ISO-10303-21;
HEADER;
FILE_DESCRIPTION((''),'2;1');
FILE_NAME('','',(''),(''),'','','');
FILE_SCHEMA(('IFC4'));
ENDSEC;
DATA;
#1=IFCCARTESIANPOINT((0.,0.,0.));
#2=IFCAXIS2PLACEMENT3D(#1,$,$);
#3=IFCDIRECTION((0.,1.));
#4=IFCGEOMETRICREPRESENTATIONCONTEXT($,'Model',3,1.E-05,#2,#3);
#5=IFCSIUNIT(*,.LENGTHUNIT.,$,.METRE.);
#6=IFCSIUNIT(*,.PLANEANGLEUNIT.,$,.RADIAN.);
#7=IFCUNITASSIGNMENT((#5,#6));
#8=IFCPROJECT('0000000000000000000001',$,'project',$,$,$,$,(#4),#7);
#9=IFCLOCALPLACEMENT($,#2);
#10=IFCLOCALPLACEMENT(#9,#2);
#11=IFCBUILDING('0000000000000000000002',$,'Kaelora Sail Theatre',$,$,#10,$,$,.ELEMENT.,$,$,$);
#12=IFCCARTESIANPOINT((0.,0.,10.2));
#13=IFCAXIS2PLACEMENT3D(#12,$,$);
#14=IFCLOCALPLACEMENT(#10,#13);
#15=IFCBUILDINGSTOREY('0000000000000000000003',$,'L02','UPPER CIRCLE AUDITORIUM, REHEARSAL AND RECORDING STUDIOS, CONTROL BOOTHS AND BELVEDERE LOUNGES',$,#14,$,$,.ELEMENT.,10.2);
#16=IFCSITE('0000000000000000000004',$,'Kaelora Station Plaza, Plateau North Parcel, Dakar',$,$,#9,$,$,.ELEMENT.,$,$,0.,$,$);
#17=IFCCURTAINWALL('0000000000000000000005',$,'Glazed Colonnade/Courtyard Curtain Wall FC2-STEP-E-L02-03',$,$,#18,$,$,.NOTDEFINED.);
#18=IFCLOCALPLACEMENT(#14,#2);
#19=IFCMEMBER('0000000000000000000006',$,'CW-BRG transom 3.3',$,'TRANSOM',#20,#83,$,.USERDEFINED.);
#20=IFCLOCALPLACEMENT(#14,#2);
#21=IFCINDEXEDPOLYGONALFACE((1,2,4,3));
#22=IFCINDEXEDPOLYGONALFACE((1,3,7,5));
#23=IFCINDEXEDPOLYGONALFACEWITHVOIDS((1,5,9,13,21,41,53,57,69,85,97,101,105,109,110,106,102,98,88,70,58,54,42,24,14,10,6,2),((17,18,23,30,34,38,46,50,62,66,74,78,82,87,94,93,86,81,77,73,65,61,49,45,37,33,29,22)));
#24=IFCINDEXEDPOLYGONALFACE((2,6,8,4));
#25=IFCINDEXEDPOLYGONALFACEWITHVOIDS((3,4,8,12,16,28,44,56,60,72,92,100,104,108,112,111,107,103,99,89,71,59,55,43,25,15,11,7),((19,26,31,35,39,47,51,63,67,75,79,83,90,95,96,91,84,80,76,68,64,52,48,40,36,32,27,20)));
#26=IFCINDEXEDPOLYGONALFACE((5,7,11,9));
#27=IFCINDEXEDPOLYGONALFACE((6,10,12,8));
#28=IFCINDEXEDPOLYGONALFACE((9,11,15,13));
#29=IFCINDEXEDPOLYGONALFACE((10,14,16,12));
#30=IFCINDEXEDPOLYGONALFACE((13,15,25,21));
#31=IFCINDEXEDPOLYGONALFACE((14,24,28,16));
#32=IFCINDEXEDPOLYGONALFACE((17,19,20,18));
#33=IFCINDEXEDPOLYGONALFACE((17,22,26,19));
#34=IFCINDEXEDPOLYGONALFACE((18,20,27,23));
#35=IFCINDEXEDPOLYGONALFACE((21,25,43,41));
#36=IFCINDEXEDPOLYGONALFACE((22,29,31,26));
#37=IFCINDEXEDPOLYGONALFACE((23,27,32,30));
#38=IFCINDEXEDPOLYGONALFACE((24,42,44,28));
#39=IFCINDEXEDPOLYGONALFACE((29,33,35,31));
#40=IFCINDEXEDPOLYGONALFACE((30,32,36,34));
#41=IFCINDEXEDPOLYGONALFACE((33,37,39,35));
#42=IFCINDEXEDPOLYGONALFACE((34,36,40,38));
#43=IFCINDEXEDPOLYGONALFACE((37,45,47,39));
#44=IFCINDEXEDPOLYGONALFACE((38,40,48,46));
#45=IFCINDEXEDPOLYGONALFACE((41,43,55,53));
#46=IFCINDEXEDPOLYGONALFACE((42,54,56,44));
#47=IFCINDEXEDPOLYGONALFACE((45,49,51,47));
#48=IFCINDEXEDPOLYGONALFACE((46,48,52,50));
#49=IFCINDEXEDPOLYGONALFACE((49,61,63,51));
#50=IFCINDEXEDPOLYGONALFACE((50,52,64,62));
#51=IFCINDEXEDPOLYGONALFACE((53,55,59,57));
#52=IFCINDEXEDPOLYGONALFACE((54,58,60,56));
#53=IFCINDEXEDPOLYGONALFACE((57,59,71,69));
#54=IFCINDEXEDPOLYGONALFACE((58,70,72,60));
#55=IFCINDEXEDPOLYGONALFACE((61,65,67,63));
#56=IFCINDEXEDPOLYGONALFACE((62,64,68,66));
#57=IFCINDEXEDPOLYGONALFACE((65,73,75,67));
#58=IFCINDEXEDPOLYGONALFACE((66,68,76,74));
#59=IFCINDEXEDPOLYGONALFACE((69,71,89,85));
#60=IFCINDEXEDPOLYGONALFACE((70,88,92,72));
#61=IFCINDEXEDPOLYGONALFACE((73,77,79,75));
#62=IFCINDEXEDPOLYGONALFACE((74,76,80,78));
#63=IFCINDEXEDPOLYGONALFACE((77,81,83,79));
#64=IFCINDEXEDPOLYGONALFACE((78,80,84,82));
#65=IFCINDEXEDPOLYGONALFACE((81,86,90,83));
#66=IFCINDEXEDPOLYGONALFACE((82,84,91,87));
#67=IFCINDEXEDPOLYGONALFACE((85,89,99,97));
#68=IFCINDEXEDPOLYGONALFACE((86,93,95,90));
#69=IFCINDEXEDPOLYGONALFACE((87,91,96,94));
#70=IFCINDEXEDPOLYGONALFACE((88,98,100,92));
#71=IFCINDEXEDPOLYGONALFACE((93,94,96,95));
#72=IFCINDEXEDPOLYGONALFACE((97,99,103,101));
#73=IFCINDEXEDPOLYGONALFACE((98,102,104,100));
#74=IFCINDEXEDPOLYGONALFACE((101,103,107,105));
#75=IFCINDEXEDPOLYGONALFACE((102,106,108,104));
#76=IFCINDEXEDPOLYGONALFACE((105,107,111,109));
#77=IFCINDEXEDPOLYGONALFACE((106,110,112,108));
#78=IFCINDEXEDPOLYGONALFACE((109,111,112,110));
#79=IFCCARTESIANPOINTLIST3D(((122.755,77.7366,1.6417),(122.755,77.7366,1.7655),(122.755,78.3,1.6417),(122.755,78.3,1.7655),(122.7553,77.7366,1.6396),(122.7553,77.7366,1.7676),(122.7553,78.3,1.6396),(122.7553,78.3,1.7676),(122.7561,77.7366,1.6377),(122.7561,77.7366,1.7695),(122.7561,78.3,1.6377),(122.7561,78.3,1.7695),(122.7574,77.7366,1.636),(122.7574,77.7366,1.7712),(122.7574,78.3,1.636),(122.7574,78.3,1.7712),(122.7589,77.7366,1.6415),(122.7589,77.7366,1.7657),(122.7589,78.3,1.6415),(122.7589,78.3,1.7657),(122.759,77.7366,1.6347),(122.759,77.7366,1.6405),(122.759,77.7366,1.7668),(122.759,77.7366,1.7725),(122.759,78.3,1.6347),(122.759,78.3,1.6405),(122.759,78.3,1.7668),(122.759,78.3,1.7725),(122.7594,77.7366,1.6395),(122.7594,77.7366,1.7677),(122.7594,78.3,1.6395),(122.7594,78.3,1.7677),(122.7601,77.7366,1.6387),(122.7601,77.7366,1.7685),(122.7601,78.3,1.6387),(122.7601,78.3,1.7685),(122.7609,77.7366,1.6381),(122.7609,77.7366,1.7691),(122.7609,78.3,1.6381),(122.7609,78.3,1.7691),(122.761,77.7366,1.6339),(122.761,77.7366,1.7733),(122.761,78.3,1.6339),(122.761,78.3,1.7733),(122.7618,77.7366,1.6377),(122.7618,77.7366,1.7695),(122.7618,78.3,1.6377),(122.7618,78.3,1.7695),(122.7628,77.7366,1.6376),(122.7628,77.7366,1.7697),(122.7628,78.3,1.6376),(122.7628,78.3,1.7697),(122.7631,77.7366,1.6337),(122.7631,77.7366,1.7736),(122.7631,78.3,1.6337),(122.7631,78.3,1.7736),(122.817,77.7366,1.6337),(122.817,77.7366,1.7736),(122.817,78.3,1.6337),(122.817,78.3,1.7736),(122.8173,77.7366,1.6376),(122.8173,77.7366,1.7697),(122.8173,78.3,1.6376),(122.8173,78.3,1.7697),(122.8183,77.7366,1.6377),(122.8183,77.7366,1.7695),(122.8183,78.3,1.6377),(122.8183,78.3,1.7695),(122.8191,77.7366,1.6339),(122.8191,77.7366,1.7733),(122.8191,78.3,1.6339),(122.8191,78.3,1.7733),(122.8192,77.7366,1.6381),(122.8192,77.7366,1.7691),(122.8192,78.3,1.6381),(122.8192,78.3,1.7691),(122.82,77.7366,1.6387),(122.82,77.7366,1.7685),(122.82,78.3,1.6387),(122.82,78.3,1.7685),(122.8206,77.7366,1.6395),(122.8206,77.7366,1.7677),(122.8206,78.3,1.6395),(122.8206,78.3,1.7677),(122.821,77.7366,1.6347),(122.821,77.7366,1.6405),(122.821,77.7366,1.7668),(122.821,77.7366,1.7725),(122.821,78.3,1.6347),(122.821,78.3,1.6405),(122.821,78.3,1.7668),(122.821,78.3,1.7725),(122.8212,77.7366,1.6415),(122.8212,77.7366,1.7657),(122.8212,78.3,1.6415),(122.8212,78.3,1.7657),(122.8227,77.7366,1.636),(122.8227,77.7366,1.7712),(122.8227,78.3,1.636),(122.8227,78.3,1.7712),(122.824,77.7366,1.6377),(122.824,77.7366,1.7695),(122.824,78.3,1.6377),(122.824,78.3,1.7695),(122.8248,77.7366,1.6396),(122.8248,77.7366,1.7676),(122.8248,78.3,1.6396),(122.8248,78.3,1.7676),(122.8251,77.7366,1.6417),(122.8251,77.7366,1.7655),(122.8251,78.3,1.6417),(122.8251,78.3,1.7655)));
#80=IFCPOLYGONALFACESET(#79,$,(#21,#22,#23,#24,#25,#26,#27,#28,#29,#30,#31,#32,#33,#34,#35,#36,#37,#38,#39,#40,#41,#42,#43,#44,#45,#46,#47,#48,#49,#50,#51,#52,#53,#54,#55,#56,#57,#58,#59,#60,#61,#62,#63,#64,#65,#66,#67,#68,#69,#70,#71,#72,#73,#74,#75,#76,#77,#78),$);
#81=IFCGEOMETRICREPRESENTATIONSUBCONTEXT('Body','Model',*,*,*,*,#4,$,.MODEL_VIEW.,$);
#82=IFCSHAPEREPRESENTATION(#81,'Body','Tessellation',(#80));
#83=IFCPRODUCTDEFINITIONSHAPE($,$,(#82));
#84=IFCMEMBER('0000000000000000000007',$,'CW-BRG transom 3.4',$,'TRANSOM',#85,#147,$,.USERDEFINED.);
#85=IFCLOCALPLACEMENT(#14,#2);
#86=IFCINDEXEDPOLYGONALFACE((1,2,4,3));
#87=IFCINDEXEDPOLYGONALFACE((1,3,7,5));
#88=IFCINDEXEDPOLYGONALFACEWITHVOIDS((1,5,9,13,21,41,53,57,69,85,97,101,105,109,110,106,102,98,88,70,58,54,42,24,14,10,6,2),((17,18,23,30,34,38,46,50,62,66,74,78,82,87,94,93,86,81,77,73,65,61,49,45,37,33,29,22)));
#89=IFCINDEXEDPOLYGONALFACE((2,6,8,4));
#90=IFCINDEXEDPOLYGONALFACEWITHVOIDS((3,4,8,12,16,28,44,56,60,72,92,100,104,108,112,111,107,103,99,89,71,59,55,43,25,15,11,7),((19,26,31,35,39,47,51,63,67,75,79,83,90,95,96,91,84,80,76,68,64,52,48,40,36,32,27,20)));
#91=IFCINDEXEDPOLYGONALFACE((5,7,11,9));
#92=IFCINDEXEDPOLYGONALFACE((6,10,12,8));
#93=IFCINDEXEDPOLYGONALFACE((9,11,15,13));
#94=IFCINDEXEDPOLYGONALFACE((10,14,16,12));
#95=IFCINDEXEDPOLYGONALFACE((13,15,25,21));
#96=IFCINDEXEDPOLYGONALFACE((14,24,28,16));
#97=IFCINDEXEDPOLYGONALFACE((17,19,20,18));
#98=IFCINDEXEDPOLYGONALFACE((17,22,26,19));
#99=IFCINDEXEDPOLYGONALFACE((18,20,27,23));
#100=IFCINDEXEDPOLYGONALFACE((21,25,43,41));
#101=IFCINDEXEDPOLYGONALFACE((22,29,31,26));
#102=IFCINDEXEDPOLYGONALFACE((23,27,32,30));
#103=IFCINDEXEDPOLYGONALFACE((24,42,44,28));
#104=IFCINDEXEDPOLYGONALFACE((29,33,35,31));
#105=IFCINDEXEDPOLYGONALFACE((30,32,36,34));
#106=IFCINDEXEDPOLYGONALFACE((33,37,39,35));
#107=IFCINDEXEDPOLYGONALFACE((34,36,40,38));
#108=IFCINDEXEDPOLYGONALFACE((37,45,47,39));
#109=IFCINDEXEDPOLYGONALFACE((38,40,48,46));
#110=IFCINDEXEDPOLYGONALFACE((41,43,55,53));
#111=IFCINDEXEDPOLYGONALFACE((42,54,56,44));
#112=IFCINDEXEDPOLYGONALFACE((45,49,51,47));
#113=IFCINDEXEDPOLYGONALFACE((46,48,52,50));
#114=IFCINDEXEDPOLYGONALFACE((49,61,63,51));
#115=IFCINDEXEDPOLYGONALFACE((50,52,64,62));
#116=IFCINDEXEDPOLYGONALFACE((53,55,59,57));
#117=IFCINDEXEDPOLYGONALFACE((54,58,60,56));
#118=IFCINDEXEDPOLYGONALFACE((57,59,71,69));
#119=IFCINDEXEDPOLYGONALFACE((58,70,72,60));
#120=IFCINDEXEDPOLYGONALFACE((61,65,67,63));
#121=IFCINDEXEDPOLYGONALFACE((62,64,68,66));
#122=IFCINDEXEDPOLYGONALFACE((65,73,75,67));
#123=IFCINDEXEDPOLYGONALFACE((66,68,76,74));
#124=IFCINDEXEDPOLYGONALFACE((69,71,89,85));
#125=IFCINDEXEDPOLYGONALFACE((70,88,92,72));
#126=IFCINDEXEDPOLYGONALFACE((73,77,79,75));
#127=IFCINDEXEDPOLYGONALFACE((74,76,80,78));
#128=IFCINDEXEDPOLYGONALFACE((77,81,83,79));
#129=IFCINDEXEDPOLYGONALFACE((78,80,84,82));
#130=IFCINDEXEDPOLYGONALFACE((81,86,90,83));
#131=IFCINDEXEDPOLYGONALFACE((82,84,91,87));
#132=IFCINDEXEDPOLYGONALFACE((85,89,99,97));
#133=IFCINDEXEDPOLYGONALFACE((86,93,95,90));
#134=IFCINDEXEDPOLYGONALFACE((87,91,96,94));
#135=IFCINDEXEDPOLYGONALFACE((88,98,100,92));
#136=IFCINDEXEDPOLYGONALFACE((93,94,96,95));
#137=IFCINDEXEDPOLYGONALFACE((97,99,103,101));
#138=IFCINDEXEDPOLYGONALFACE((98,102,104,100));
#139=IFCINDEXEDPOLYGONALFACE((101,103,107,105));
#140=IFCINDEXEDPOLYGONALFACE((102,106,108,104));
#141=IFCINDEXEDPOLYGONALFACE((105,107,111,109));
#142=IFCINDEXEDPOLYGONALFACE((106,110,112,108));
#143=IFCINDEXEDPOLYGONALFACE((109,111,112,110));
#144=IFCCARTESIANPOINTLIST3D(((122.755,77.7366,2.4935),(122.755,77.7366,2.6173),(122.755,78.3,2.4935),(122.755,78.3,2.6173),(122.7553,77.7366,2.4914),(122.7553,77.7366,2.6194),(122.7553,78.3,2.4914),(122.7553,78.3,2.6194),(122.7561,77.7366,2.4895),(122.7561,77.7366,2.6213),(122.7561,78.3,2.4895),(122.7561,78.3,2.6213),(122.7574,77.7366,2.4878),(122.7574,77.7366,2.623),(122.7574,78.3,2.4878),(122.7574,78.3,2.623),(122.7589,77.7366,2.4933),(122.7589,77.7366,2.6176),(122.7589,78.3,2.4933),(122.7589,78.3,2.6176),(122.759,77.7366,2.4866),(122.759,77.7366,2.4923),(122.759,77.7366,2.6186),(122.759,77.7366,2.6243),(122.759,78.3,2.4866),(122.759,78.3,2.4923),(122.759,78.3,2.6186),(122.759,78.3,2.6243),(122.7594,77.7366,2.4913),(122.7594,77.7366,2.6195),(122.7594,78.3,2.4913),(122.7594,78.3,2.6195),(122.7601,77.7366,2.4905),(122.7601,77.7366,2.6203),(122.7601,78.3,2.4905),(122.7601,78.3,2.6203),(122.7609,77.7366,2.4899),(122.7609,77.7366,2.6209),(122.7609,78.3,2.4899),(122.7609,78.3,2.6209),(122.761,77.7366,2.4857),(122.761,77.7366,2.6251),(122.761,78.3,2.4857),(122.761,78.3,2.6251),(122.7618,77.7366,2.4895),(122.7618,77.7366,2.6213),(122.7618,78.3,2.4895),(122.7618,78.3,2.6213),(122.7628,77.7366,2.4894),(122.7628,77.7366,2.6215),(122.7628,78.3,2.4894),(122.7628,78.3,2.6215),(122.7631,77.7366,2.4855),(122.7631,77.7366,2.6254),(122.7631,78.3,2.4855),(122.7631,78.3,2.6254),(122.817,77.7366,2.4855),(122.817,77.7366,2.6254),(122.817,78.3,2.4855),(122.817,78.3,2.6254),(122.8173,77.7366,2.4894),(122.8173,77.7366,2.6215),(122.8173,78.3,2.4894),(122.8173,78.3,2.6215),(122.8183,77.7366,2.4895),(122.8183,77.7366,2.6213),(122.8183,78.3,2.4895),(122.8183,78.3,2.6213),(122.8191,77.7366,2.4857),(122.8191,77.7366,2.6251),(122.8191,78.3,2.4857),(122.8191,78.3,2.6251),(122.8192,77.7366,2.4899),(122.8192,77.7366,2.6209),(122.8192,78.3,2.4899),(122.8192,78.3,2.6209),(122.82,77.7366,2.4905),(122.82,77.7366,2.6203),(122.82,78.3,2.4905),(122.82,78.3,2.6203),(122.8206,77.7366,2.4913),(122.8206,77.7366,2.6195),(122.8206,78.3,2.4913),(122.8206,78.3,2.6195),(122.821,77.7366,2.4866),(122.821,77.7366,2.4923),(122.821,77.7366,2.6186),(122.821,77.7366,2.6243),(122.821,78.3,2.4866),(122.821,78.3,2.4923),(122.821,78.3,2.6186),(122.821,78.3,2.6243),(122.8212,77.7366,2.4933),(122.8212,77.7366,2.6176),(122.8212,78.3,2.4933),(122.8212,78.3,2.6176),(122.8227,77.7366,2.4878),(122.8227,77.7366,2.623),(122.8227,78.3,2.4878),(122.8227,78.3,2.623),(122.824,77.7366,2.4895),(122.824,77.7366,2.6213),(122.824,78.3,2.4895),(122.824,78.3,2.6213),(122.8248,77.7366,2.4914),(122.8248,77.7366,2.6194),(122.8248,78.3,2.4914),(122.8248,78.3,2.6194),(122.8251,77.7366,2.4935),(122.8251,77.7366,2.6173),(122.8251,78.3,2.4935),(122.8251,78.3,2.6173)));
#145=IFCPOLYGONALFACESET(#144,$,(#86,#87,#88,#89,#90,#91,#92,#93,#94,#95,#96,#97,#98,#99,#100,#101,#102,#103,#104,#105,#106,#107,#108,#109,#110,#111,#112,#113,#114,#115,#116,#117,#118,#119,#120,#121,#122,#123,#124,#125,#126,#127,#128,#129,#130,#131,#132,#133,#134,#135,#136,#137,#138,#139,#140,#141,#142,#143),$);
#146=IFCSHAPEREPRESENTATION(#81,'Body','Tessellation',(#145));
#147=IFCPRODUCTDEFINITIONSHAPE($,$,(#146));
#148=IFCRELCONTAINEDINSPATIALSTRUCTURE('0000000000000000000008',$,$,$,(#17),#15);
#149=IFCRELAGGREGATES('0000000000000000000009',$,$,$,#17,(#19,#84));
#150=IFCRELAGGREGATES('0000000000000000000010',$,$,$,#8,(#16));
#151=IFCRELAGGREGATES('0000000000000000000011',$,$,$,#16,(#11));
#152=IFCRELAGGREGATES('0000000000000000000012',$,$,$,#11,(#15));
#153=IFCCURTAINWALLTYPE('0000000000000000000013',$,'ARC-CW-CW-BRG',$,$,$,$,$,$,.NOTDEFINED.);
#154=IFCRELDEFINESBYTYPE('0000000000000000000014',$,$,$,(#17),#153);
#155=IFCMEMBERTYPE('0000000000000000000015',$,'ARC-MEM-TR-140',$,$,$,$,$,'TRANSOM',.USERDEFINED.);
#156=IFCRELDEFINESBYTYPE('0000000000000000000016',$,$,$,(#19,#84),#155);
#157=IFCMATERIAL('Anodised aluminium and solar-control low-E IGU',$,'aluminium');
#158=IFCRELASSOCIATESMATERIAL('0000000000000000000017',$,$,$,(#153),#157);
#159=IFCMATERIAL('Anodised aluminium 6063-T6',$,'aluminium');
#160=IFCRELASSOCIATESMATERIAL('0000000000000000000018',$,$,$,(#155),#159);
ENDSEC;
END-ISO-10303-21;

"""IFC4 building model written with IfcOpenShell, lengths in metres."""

from ifc_helpers import new_model, si_unit, direction, frame, origin, origin_2d, place, context, subcontext, project, spatial, hollow_rectangle, extrude, material, material_profile, profile_set, type_object, element, aggregate, save


model = new_model("IFC4")

# Units and contexts
model_context = context("Model", 3, precision=1e-05, world=origin(), true_north=direction((0.0, 1.0)))
body_context = subcontext(model_context, "Body", "Model", "MODEL_VIEW")
ifc_project = project(units=[si_unit("LENGTHUNIT", "METRE"), si_unit("PLANEANGLEUNIT", "RADIAN")], contexts=[model_context])

# Site, building, storey
site_placement = place(None, origin())
site = spatial("IfcSite", under=ifc_project, at=site_placement, Name="Kaelora Station Plaza, Plateau North Parcel, Dakar", CompositionType="ELEMENT", RefElevation=0.0)
building_placement = place(site_placement, origin())
building = spatial("IfcBuilding", under=site, at=building_placement, Name="Kaelora Sail Theatre", CompositionType="ELEMENT")
storey_placement = place(building_placement, frame((0.0, 0.0, 10.2)))
storey = spatial("IfcBuildingStorey", under=building, at=storey_placement, Name="L02", Description="UPPER CIRCLE AUDITORIUM, REHEARSAL AND RECORDING STUDIOS, CONTROL BOOTHS AND BELVEDERE LOUNGES", CompositionType="ELEMENT", Elevation=10.2)

# Curtain wall, members
ifc_material_1 = material(Name="Anodised aluminium and solar-control low-E IGU", Category="aluminium")
curtain_wall_type = type_object("IfcCurtainWallType", Name="ARC-CW-CW-BRG", PredefinedType="NOTDEFINED", material=ifc_material_1)
curtain_wall_placement = place(storey_placement, origin())
curtain_wall = element("IfcCurtainWall", 1, at=curtain_wall_placement, inside=storey, type_object=curtain_wall_type, Name="Glazed Colonnade/Courtyard Curtain Wall FC2-STEP-E-L02-03", PredefinedType="NOTDEFINED")
ifc_material_2 = material(Name="Anodised aluminium 6063-T6", Category="aluminium")
ifc_material_profile_1 = material_profile(ifc_material_2, hollow_rectangle(XDim=0.0701, YDim=0.1399, WallThickness=0.0039, InnerFilletRadius=0.0039, OuterFilletRadius=0.0081, at=origin_2d()), Name="ALU-TRAN 70x140x4")
ifc_profile_set_1 = profile_set([ifc_material_profile_1], Name="Anodised aluminium 6063-T6")
member_type_1 = type_object("IfcMemberType", Name="ARC-MEM-TR-140", ElementType="TRANSOM", PredefinedType="USERDEFINED", material=ifc_profile_set_1)
member_1_placement = place(storey_placement, frame((122.79, 77.7366, 1.7036), z_axis=(0.0, 1.0, 0.0), x_axis=(-1.0, 0.0, 0.0)))
member_1 = element("IfcMember", 2, at=member_1_placement, type_object=member_type_1, Name="CW-BRG transom 3.3", ObjectType="TRANSOM", PredefinedType="USERDEFINED", context=body_context, shape_type="SweptSolid", body=[
    extrude(hollow_rectangle(XDim=0.0701, YDim=0.1399, WallThickness=0.0039, InnerFilletRadius=0.0039, OuterFilletRadius=0.0081, at=origin_2d()), origin(), (0.0, 0.0, 1.0), 0.5635),
])
member_2_placement = place(storey_placement, frame((122.79, 77.7366, 2.5554), z_axis=(0.0, 1.0, 0.0), x_axis=(-1.0, 0.0, 0.0)))
member_2 = element("IfcMember", 3, at=member_2_placement, type_object=member_type_1, Name="CW-BRG transom 3.4", ObjectType="TRANSOM", PredefinedType="USERDEFINED", context=body_context, shape_type="SweptSolid", body=[
    extrude(hollow_rectangle(XDim=0.0701, YDim=0.1399, WallThickness=0.0039, InnerFilletRadius=0.0039, OuterFilletRadius=0.0081, at=origin_2d()), origin(), (0.0, 0.0, 1.0), 0.5635),
])
aggregate(curtain_wall, [member_1, member_2])

save(model, "model.ifc")
